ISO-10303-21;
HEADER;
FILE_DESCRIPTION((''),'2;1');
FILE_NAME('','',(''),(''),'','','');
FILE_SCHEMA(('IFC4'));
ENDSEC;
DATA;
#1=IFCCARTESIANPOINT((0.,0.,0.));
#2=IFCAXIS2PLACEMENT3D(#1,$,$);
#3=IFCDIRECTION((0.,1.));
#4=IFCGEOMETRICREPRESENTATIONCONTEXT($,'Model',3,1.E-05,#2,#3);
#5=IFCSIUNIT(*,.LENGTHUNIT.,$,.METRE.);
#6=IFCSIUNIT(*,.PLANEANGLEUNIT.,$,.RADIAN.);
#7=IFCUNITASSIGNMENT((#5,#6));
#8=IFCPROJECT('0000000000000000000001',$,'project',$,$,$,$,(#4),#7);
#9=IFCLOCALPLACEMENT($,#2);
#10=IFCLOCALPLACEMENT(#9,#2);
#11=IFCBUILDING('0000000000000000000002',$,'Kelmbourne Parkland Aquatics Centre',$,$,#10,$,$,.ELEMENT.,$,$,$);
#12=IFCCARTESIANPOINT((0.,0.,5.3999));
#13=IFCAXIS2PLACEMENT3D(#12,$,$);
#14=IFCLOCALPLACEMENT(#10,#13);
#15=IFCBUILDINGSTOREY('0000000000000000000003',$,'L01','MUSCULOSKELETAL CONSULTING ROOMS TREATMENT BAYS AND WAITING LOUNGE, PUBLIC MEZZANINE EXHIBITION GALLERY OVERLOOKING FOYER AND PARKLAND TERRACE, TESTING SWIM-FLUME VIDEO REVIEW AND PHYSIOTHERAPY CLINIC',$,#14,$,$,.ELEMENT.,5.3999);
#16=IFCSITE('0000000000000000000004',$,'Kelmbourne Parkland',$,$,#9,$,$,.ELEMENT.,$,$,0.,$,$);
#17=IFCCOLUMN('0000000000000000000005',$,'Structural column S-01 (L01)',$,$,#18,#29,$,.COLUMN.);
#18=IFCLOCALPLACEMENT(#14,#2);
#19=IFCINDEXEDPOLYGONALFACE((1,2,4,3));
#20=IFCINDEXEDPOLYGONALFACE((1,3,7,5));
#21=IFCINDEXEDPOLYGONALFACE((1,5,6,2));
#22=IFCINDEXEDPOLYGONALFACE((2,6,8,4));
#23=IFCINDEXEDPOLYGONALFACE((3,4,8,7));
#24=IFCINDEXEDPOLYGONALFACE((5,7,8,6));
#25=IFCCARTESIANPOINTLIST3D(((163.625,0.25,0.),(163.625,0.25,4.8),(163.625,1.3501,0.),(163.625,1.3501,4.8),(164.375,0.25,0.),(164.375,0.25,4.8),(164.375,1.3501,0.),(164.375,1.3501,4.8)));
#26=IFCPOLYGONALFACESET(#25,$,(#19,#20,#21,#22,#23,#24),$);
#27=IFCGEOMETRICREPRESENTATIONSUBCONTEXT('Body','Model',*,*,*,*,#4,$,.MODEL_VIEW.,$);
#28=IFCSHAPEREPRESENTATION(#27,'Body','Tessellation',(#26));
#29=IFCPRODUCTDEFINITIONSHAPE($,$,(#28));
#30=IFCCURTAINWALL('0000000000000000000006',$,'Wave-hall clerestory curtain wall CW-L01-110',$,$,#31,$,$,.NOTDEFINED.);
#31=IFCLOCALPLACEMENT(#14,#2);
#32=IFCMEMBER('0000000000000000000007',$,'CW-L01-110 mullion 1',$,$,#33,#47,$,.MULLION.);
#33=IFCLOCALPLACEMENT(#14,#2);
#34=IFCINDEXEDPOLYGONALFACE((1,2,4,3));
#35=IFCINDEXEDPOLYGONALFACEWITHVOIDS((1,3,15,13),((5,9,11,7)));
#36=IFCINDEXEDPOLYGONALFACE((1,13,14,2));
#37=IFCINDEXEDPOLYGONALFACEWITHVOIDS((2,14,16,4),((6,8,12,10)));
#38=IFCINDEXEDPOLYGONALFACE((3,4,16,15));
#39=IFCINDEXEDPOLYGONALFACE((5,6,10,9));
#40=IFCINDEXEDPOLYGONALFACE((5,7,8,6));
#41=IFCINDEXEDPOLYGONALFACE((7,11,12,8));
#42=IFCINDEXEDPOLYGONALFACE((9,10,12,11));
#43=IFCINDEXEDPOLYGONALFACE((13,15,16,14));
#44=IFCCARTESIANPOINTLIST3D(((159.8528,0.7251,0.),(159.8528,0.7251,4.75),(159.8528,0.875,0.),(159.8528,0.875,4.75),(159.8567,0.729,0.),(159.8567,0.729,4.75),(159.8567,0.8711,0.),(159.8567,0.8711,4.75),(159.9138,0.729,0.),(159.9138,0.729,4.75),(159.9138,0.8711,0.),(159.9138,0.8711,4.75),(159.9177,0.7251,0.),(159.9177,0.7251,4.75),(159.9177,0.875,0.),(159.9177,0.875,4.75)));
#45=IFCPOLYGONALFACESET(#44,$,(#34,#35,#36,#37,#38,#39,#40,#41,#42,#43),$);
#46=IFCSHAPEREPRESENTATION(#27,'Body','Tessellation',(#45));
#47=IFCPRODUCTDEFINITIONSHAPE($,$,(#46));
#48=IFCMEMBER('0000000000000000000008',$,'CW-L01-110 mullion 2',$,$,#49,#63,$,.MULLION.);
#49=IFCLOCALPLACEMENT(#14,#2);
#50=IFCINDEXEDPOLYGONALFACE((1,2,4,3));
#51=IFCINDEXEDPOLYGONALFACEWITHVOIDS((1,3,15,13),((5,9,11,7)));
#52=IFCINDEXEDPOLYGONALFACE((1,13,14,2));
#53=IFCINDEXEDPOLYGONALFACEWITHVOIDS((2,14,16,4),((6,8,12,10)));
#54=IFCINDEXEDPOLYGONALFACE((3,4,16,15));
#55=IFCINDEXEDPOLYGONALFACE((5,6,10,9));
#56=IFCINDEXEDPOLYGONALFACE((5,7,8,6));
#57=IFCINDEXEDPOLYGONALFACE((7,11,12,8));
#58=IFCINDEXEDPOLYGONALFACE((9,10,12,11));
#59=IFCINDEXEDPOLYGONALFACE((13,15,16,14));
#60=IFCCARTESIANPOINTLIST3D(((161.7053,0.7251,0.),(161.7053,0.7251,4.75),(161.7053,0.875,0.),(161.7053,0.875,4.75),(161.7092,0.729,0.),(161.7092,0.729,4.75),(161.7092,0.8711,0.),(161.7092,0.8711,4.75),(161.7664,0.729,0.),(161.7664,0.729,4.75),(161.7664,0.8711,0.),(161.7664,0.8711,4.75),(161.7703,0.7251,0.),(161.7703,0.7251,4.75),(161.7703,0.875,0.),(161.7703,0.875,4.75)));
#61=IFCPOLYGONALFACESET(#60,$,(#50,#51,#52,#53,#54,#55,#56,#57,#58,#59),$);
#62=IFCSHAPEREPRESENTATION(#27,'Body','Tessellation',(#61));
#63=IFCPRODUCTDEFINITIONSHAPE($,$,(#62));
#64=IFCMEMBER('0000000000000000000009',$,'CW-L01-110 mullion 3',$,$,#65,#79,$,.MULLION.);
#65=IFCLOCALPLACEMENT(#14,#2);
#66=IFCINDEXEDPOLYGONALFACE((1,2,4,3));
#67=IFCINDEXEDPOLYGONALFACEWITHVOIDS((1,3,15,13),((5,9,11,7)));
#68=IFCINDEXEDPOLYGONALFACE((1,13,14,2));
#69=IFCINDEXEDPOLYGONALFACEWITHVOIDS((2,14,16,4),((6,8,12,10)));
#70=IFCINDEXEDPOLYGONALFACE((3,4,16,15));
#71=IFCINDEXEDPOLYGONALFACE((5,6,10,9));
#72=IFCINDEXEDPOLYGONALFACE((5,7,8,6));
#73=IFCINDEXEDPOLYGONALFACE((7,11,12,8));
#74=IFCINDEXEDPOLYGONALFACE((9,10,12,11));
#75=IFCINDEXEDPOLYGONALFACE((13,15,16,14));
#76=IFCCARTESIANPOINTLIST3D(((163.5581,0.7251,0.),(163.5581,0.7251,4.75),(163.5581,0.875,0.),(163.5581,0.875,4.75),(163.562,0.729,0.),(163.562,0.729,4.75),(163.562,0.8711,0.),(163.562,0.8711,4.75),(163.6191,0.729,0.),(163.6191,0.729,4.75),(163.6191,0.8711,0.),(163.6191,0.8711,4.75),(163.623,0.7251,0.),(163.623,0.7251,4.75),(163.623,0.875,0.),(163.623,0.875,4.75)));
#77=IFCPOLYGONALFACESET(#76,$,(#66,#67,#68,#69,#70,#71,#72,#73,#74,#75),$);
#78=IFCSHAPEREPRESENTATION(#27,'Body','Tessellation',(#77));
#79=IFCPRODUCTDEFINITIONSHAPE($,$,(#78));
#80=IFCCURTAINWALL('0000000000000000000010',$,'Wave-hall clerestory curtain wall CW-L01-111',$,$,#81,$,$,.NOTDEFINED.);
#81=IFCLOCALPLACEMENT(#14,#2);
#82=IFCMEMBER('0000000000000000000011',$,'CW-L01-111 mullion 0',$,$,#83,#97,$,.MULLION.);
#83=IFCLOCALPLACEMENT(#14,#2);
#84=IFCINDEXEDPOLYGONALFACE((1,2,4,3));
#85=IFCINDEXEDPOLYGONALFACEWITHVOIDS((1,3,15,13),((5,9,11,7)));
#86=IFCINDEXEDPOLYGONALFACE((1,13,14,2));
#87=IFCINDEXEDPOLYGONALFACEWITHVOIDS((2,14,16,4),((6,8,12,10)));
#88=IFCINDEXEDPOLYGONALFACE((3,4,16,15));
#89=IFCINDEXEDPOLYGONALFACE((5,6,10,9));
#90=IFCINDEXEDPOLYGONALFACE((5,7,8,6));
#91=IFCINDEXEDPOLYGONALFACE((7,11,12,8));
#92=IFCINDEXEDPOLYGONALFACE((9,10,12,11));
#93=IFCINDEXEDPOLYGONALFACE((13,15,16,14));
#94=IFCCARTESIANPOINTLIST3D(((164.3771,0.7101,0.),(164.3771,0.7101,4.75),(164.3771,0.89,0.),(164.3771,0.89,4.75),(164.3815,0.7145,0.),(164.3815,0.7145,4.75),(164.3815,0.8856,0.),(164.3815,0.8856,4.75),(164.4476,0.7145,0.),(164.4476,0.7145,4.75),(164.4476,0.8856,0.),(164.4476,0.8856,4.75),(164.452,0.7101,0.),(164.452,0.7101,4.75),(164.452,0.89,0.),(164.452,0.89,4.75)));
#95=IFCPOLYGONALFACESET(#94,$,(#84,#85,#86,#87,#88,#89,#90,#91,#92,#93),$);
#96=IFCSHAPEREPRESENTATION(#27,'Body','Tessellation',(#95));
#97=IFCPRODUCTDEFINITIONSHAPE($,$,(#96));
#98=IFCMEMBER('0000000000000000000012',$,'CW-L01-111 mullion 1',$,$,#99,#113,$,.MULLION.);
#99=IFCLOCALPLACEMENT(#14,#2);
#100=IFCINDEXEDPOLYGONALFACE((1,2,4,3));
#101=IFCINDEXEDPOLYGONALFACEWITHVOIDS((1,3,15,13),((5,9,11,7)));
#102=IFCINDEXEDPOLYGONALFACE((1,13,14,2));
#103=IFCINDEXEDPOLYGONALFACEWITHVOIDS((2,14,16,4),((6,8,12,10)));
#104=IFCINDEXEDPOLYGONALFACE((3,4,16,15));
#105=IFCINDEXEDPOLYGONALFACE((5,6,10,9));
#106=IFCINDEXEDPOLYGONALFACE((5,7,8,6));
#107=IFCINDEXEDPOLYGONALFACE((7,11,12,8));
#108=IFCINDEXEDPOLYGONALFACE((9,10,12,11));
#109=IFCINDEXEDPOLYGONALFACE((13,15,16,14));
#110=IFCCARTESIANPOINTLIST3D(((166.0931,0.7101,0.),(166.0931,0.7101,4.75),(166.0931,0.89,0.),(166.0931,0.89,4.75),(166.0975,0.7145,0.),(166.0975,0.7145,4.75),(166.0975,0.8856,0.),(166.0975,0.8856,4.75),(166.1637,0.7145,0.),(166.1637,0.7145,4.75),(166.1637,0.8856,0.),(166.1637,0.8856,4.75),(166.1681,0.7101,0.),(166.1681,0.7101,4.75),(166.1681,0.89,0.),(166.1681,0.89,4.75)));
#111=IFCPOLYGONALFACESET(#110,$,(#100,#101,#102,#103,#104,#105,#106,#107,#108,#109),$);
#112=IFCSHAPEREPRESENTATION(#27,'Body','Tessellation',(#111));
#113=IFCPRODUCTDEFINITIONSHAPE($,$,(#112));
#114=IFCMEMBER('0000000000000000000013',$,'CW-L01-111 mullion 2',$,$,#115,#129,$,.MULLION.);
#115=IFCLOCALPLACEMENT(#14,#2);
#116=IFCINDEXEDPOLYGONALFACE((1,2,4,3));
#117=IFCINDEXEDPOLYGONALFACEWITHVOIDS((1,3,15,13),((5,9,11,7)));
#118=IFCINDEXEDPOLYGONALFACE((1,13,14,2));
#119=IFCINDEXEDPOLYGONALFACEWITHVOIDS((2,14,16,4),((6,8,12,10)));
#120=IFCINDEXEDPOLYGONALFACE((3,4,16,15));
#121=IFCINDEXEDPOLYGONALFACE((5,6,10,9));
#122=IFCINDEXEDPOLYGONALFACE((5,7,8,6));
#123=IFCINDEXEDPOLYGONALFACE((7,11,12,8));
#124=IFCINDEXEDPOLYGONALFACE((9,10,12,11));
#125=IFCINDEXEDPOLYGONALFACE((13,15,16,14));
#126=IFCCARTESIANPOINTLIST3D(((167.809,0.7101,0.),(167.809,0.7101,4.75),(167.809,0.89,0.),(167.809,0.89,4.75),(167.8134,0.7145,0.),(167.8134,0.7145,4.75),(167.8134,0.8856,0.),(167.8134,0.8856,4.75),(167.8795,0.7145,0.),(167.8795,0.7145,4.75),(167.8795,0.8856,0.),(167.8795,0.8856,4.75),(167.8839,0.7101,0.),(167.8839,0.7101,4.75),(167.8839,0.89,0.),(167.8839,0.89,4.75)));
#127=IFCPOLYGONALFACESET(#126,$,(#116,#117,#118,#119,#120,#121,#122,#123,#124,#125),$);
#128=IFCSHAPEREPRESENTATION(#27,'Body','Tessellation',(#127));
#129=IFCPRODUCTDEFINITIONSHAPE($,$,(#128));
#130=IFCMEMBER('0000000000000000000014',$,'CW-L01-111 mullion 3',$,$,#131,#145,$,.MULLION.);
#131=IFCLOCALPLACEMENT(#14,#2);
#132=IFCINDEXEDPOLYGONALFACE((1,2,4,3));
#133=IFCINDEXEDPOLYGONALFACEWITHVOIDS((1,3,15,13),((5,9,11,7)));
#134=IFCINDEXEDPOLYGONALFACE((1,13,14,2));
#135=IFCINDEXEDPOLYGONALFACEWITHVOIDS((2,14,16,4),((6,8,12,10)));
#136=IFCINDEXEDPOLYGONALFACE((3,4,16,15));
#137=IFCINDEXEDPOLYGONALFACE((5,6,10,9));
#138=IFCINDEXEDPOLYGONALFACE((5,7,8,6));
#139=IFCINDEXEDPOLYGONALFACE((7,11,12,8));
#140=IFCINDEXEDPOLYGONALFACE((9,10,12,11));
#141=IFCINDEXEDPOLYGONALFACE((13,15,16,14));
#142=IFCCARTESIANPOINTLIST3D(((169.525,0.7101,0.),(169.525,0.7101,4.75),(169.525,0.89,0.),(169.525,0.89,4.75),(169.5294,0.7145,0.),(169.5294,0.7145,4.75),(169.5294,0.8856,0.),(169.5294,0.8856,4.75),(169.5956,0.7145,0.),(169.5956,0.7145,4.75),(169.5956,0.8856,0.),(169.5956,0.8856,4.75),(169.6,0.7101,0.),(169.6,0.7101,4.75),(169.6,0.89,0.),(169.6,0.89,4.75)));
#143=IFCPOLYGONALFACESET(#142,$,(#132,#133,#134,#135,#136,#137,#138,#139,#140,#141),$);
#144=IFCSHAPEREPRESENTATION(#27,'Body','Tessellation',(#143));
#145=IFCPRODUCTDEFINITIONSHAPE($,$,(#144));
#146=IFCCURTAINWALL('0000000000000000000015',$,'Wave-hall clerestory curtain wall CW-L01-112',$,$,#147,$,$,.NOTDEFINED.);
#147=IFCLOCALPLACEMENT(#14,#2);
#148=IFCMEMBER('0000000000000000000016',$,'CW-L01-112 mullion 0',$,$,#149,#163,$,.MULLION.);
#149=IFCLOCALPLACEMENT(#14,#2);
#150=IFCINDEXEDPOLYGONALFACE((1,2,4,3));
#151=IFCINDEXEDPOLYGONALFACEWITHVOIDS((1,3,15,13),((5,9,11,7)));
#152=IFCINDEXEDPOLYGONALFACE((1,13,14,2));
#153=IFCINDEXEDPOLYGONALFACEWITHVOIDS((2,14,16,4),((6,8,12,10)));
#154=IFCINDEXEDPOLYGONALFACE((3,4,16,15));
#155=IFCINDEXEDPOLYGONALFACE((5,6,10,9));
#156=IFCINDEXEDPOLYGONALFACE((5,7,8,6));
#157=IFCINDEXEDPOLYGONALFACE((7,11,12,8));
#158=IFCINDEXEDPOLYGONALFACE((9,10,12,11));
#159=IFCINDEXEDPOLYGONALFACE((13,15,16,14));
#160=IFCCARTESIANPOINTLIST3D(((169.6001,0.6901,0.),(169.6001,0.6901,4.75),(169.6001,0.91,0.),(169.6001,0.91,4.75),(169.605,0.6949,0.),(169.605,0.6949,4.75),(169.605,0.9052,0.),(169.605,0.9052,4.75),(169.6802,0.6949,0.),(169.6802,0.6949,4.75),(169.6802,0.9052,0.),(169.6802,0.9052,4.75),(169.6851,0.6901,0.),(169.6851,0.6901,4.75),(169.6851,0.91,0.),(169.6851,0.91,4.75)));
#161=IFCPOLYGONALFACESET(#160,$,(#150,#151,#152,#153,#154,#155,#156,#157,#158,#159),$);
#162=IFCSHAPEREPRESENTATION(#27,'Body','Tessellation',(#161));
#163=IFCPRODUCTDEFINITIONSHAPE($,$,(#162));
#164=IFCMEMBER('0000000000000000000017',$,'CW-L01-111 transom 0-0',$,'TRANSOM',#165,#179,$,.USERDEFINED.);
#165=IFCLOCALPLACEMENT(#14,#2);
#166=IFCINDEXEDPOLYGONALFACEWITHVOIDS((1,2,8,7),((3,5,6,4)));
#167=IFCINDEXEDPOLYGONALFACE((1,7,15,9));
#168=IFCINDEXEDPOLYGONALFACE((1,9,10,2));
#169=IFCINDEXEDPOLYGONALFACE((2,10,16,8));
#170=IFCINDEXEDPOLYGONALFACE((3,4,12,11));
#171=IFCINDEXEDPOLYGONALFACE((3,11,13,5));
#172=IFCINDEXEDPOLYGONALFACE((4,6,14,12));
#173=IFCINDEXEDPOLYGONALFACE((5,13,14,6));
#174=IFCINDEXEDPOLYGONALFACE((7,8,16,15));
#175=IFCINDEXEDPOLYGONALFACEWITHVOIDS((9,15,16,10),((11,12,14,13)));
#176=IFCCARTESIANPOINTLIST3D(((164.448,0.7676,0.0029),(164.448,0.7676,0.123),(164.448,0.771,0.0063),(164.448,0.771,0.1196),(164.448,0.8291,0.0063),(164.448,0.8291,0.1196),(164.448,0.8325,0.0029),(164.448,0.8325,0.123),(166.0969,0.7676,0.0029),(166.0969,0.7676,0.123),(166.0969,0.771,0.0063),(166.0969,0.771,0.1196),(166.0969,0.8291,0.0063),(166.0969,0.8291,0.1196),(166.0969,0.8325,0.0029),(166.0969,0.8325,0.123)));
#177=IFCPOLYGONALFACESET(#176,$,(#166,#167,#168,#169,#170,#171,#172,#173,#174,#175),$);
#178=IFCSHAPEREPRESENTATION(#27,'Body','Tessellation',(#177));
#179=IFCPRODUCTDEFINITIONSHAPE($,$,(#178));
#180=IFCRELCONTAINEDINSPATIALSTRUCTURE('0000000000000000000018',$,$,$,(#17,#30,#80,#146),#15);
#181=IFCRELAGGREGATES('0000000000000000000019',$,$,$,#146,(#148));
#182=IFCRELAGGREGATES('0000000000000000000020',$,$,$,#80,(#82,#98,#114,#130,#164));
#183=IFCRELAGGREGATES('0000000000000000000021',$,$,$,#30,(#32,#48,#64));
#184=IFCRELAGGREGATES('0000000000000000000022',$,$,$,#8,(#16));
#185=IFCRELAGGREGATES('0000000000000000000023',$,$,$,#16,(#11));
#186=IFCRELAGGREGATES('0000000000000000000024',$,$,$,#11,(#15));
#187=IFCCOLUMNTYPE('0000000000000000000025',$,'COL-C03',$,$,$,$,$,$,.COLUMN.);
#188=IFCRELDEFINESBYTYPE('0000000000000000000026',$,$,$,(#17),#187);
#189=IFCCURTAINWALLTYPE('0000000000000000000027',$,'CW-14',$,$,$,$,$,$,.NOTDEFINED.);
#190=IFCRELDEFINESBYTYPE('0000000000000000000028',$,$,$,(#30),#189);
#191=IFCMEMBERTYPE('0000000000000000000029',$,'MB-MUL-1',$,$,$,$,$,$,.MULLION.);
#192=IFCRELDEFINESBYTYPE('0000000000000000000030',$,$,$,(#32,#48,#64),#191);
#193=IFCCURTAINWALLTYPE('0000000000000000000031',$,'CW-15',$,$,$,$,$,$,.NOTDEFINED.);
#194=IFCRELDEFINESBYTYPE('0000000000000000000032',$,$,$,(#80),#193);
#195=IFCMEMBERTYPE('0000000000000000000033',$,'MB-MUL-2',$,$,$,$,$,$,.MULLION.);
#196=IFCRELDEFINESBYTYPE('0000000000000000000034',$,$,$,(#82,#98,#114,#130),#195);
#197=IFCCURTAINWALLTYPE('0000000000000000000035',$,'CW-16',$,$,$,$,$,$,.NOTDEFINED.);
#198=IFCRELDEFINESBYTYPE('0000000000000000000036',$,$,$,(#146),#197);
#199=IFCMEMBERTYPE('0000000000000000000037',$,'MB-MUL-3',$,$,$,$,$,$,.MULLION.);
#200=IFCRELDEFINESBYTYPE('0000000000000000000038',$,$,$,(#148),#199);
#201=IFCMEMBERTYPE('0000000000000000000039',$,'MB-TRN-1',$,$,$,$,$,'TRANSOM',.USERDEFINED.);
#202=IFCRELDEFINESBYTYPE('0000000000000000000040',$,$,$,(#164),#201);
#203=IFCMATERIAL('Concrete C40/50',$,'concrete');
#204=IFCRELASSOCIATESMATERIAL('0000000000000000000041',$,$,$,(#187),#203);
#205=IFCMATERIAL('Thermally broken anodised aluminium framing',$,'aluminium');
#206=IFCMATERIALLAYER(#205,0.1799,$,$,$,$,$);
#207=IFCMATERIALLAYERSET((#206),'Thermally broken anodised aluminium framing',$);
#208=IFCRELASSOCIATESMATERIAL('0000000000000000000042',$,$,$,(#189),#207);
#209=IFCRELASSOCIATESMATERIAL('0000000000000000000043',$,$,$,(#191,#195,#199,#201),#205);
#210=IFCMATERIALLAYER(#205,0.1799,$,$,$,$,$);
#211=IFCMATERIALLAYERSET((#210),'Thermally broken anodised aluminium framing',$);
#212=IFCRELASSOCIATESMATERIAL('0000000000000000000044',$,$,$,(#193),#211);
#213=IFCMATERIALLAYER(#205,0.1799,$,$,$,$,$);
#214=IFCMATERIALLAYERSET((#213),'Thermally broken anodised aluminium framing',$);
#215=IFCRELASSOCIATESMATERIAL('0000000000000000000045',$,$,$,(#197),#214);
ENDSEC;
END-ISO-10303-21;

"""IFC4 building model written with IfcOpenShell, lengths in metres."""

from ifc_helpers import new_model, si_unit, direction, frame, origin, origin_2d, place, context, subcontext, project, spatial, rectangle, hollow_rectangle, extrude, material, layer, layer_set, material_profile, profile_set, type_object, element, aggregate, save


model = new_model("IFC4")

# Units and contexts
model_context = context("Model", 3, precision=1e-05, world=origin(), true_north=direction((0.0, 1.0)))
body_context = subcontext(model_context, "Body", "Model", "MODEL_VIEW")
ifc_project = project(units=[si_unit("LENGTHUNIT", "METRE"), si_unit("PLANEANGLEUNIT", "RADIAN")], contexts=[model_context])

# Site, building, storey
site_placement = place(None, origin())
site = spatial("IfcSite", under=ifc_project, at=site_placement, Name="Kelmbourne Parkland", CompositionType="ELEMENT", RefElevation=0.0)
building_placement = place(site_placement, origin())
building = spatial("IfcBuilding", under=site, at=building_placement, Name="Kelmbourne Parkland Aquatics Centre", CompositionType="ELEMENT")
storey_placement = place(building_placement, frame((0.0, 0.0, 5.3999)))
storey = spatial("IfcBuildingStorey", under=building, at=storey_placement, Name="L01", Description="MUSCULOSKELETAL CONSULTING ROOMS TREATMENT BAYS AND WAITING LOUNGE, PUBLIC MEZZANINE EXHIBITION GALLERY OVERLOOKING FOYER AND PARKLAND TERRACE, TESTING SWIM-FLUME VIDEO REVIEW AND PHYSIOTHERAPY CLINIC", CompositionType="ELEMENT", Elevation=5.3999)

# Column
ifc_material_1 = material(Name="Concrete C40/50", Category="concrete")
ifc_material_profile_1 = material_profile(ifc_material_1, rectangle(XDim=0.75, YDim=1.1001, at=origin_2d()), Name="RC 750x1100")
ifc_profile_set_1 = profile_set([ifc_material_profile_1], Name="Concrete C40/50")
column_type = type_object("IfcColumnType", Name="COL-C03", PredefinedType="COLUMN", material=ifc_profile_set_1)
column_placement = place(storey_placement, frame((164.0, 0.8, 0.0), z_axis=(0.0, 0.0, 1.0), x_axis=(1.0, 0.0, 0.0)))
element("IfcColumn", 1, at=column_placement, inside=storey, type_object=column_type, Name="Structural column S-01 (L01)", PredefinedType="COLUMN", context=body_context, shape_type="SweptSolid", body=[
    extrude(rectangle(XDim=0.75, YDim=1.1001, at=origin_2d()), origin(), (0.0, 0.0, 1.0), 4.8),
])

# Curtain walls, members
ifc_material_2 = material(Name="Thermally broken anodised aluminium framing", Category="aluminium")
ifc_layer_1 = layer(ifc_material_2, 0.1799)
ifc_layer_set_1 = layer_set([ifc_layer_1], Name="Thermally broken anodised aluminium framing")
curtain_wall_type_1 = type_object("IfcCurtainWallType", Name="CW-14", PredefinedType="NOTDEFINED", material=ifc_layer_set_1)
curtain_wall_1_placement = place(storey_placement, origin())
curtain_wall_1 = element("IfcCurtainWall", 2, at=curtain_wall_1_placement, inside=storey, type_object=curtain_wall_type_1, Name="Wave-hall clerestory curtain wall CW-L01-110", PredefinedType="NOTDEFINED")
ifc_material_profile_2 = material_profile(ifc_material_2, hollow_rectangle(XDim=0.0649, YDim=0.1499, WallThickness=0.0039, at=origin_2d()), Name="CW-M 65x150")
ifc_profile_set_2 = profile_set([ifc_material_profile_2], Name="Thermally broken anodised aluminium framing")
member_type_1 = type_object("IfcMemberType", Name="MB-MUL-1", PredefinedType="MULLION", material=ifc_profile_set_2)
member_1_placement = place(storey_placement, frame((159.8853, 0.8, 0.0), z_axis=(0.0, 0.0, 1.0), x_axis=(1.0, 0.0, 0.0)))
member_1 = element("IfcMember", 3, at=member_1_placement, type_object=member_type_1, Name="CW-L01-110 mullion 1", PredefinedType="MULLION", context=body_context, shape_type="SweptSolid", body=[
    extrude(hollow_rectangle(XDim=0.0649, YDim=0.1499, WallThickness=0.0039, at=origin_2d()), origin(), (0.0, 0.0, 1.0), 4.75),
])
member_2_placement = place(storey_placement, frame((161.7378, 0.8, 0.0), z_axis=(0.0, 0.0, 1.0), x_axis=(1.0, 0.0, 0.0)))
member_2 = element("IfcMember", 4, at=member_2_placement, type_object=member_type_1, Name="CW-L01-110 mullion 2", PredefinedType="MULLION", context=body_context, shape_type="SweptSolid", body=[
    extrude(hollow_rectangle(XDim=0.0649, YDim=0.1499, WallThickness=0.0039, at=origin_2d()), origin(), (0.0, 0.0, 1.0), 4.75),
])
member_3_placement = place(storey_placement, frame((163.5906, 0.8, 0.0), z_axis=(0.0, 0.0, 1.0), x_axis=(1.0, 0.0, 0.0)))
member_3 = element("IfcMember", 5, at=member_3_placement, type_object=member_type_1, Name="CW-L01-110 mullion 3", PredefinedType="MULLION", context=body_context, shape_type="SweptSolid", body=[
    extrude(hollow_rectangle(XDim=0.0649, YDim=0.1499, WallThickness=0.0039, at=origin_2d()), origin(), (0.0, 0.0, 1.0), 4.75),
])
ifc_layer_2 = layer(ifc_material_2, 0.1799)
ifc_layer_set_2 = layer_set([ifc_layer_2], Name="Thermally broken anodised aluminium framing")
curtain_wall_type_2 = type_object("IfcCurtainWallType", Name="CW-15", PredefinedType="NOTDEFINED", material=ifc_layer_set_2)
curtain_wall_2_placement = place(storey_placement, origin())
curtain_wall_2 = element("IfcCurtainWall", 6, at=curtain_wall_2_placement, inside=storey, type_object=curtain_wall_type_2, Name="Wave-hall clerestory curtain wall CW-L01-111", PredefinedType="NOTDEFINED")
ifc_material_profile_3 = material_profile(ifc_material_2, hollow_rectangle(XDim=0.075, YDim=0.1799, WallThickness=0.0044, at=origin_2d()), Name="CW-M 75x180")
ifc_profile_set_3 = profile_set([ifc_material_profile_3], Name="Thermally broken anodised aluminium framing")
member_type_2 = type_object("IfcMemberType", Name="MB-MUL-2", PredefinedType="MULLION", material=ifc_profile_set_3)
member_4_placement = place(storey_placement, frame((164.4146, 0.8, 0.0), z_axis=(0.0, 0.0, 1.0), x_axis=(1.0, 0.0, 0.0)))
member_4 = element("IfcMember", 7, at=member_4_placement, type_object=member_type_2, Name="CW-L01-111 mullion 0", PredefinedType="MULLION", context=body_context, shape_type="SweptSolid", body=[
    extrude(hollow_rectangle(XDim=0.075, YDim=0.1799, WallThickness=0.0044, at=origin_2d()), origin(), (0.0, 0.0, 1.0), 4.75),
])
member_5_placement = place(storey_placement, frame((166.1306, 0.8, 0.0), z_axis=(0.0, 0.0, 1.0), x_axis=(1.0, 0.0, 0.0)))
member_5 = element("IfcMember", 8, at=member_5_placement, type_object=member_type_2, Name="CW-L01-111 mullion 1", PredefinedType="MULLION", context=body_context, shape_type="SweptSolid", body=[
    extrude(hollow_rectangle(XDim=0.075, YDim=0.1799, WallThickness=0.0044, at=origin_2d()), origin(), (0.0, 0.0, 1.0), 4.75),
])
member_6_placement = place(storey_placement, frame((167.8464, 0.8, 0.0), z_axis=(0.0, 0.0, 1.0), x_axis=(1.0, 0.0, 0.0)))
member_6 = element("IfcMember", 9, at=member_6_placement, type_object=member_type_2, Name="CW-L01-111 mullion 2", PredefinedType="MULLION", context=body_context, shape_type="SweptSolid", body=[
    extrude(hollow_rectangle(XDim=0.075, YDim=0.1799, WallThickness=0.0044, at=origin_2d()), origin(), (0.0, 0.0, 1.0), 4.75),
])
member_7_placement = place(storey_placement, frame((169.5625, 0.8, 0.0), z_axis=(0.0, 0.0, 1.0), x_axis=(1.0, 0.0, 0.0)))
member_7 = element("IfcMember", 10, at=member_7_placement, type_object=member_type_2, Name="CW-L01-111 mullion 3", PredefinedType="MULLION", context=body_context, shape_type="SweptSolid", body=[
    extrude(hollow_rectangle(XDim=0.075, YDim=0.1799, WallThickness=0.0044, at=origin_2d()), origin(), (0.0, 0.0, 1.0), 4.75),
])

# Curtain wall, member
ifc_layer_3 = layer(ifc_material_2, 0.1799)
ifc_layer_set_3 = layer_set([ifc_layer_3], Name="Thermally broken anodised aluminium framing")
curtain_wall_type_3 = type_object("IfcCurtainWallType", Name="CW-16", PredefinedType="NOTDEFINED", material=ifc_layer_set_3)
curtain_wall_3_placement = place(storey_placement, origin())
curtain_wall_3 = element("IfcCurtainWall", 11, at=curtain_wall_3_placement, inside=storey, type_object=curtain_wall_type_3, Name="Wave-hall clerestory curtain wall CW-L01-112", PredefinedType="NOTDEFINED")
ifc_material_profile_4 = material_profile(ifc_material_2, hollow_rectangle(XDim=0.085, YDim=0.22, WallThickness=0.0049, at=origin_2d()), Name="CW-M 85x220")
ifc_profile_set_4 = profile_set([ifc_material_profile_4], Name="Thermally broken anodised aluminium framing")
member_type_3 = type_object("IfcMemberType", Name="MB-MUL-3", PredefinedType="MULLION", material=ifc_profile_set_4)
member_8_placement = place(storey_placement, frame((169.6426, 0.8, 0.0), z_axis=(0.0, 0.0, 1.0), x_axis=(1.0, 0.0, 0.0)))
member_8 = element("IfcMember", 12, at=member_8_placement, type_object=member_type_3, Name="CW-L01-112 mullion 0", PredefinedType="MULLION", context=body_context, shape_type="SweptSolid", body=[
    extrude(hollow_rectangle(XDim=0.085, YDim=0.22, WallThickness=0.0049, at=origin_2d()), origin(), (0.0, 0.0, 1.0), 4.75),
])

# Member
ifc_material_profile_5 = material_profile(ifc_material_2, hollow_rectangle(XDim=0.0649, YDim=0.1201, WallThickness=0.0034, at=origin_2d()), Name="CW-T 65x120")
ifc_profile_set_5 = profile_set([ifc_material_profile_5], Name="Thermally broken anodised aluminium framing")
member_type_4 = type_object("IfcMemberType", Name="MB-TRN-1", ElementType="TRANSOM", PredefinedType="USERDEFINED", material=ifc_profile_set_5)
member_9_placement = place(storey_placement, frame((164.448, 0.8, 0.063), z_axis=(1.0, 0.0, 0.0), x_axis=(0.0, 1.0, 0.0)))
member_9 = element("IfcMember", 13, at=member_9_placement, type_object=member_type_4, Name="CW-L01-111 transom 0-0", ObjectType="TRANSOM", PredefinedType="USERDEFINED", context=body_context, shape_type="SweptSolid", body=[
    extrude(hollow_rectangle(XDim=0.0649, YDim=0.1201, WallThickness=0.0034, at=origin_2d()), origin(), (0.0, 0.0, 1.0), 1.6489),
])
aggregate(curtain_wall_3, [member_8])

aggregate(curtain_wall_2, [member_4, member_5, member_6, member_7, member_9])
aggregate(curtain_wall_1, [member_1, member_2, member_3])

save(model, "model.ifc")
